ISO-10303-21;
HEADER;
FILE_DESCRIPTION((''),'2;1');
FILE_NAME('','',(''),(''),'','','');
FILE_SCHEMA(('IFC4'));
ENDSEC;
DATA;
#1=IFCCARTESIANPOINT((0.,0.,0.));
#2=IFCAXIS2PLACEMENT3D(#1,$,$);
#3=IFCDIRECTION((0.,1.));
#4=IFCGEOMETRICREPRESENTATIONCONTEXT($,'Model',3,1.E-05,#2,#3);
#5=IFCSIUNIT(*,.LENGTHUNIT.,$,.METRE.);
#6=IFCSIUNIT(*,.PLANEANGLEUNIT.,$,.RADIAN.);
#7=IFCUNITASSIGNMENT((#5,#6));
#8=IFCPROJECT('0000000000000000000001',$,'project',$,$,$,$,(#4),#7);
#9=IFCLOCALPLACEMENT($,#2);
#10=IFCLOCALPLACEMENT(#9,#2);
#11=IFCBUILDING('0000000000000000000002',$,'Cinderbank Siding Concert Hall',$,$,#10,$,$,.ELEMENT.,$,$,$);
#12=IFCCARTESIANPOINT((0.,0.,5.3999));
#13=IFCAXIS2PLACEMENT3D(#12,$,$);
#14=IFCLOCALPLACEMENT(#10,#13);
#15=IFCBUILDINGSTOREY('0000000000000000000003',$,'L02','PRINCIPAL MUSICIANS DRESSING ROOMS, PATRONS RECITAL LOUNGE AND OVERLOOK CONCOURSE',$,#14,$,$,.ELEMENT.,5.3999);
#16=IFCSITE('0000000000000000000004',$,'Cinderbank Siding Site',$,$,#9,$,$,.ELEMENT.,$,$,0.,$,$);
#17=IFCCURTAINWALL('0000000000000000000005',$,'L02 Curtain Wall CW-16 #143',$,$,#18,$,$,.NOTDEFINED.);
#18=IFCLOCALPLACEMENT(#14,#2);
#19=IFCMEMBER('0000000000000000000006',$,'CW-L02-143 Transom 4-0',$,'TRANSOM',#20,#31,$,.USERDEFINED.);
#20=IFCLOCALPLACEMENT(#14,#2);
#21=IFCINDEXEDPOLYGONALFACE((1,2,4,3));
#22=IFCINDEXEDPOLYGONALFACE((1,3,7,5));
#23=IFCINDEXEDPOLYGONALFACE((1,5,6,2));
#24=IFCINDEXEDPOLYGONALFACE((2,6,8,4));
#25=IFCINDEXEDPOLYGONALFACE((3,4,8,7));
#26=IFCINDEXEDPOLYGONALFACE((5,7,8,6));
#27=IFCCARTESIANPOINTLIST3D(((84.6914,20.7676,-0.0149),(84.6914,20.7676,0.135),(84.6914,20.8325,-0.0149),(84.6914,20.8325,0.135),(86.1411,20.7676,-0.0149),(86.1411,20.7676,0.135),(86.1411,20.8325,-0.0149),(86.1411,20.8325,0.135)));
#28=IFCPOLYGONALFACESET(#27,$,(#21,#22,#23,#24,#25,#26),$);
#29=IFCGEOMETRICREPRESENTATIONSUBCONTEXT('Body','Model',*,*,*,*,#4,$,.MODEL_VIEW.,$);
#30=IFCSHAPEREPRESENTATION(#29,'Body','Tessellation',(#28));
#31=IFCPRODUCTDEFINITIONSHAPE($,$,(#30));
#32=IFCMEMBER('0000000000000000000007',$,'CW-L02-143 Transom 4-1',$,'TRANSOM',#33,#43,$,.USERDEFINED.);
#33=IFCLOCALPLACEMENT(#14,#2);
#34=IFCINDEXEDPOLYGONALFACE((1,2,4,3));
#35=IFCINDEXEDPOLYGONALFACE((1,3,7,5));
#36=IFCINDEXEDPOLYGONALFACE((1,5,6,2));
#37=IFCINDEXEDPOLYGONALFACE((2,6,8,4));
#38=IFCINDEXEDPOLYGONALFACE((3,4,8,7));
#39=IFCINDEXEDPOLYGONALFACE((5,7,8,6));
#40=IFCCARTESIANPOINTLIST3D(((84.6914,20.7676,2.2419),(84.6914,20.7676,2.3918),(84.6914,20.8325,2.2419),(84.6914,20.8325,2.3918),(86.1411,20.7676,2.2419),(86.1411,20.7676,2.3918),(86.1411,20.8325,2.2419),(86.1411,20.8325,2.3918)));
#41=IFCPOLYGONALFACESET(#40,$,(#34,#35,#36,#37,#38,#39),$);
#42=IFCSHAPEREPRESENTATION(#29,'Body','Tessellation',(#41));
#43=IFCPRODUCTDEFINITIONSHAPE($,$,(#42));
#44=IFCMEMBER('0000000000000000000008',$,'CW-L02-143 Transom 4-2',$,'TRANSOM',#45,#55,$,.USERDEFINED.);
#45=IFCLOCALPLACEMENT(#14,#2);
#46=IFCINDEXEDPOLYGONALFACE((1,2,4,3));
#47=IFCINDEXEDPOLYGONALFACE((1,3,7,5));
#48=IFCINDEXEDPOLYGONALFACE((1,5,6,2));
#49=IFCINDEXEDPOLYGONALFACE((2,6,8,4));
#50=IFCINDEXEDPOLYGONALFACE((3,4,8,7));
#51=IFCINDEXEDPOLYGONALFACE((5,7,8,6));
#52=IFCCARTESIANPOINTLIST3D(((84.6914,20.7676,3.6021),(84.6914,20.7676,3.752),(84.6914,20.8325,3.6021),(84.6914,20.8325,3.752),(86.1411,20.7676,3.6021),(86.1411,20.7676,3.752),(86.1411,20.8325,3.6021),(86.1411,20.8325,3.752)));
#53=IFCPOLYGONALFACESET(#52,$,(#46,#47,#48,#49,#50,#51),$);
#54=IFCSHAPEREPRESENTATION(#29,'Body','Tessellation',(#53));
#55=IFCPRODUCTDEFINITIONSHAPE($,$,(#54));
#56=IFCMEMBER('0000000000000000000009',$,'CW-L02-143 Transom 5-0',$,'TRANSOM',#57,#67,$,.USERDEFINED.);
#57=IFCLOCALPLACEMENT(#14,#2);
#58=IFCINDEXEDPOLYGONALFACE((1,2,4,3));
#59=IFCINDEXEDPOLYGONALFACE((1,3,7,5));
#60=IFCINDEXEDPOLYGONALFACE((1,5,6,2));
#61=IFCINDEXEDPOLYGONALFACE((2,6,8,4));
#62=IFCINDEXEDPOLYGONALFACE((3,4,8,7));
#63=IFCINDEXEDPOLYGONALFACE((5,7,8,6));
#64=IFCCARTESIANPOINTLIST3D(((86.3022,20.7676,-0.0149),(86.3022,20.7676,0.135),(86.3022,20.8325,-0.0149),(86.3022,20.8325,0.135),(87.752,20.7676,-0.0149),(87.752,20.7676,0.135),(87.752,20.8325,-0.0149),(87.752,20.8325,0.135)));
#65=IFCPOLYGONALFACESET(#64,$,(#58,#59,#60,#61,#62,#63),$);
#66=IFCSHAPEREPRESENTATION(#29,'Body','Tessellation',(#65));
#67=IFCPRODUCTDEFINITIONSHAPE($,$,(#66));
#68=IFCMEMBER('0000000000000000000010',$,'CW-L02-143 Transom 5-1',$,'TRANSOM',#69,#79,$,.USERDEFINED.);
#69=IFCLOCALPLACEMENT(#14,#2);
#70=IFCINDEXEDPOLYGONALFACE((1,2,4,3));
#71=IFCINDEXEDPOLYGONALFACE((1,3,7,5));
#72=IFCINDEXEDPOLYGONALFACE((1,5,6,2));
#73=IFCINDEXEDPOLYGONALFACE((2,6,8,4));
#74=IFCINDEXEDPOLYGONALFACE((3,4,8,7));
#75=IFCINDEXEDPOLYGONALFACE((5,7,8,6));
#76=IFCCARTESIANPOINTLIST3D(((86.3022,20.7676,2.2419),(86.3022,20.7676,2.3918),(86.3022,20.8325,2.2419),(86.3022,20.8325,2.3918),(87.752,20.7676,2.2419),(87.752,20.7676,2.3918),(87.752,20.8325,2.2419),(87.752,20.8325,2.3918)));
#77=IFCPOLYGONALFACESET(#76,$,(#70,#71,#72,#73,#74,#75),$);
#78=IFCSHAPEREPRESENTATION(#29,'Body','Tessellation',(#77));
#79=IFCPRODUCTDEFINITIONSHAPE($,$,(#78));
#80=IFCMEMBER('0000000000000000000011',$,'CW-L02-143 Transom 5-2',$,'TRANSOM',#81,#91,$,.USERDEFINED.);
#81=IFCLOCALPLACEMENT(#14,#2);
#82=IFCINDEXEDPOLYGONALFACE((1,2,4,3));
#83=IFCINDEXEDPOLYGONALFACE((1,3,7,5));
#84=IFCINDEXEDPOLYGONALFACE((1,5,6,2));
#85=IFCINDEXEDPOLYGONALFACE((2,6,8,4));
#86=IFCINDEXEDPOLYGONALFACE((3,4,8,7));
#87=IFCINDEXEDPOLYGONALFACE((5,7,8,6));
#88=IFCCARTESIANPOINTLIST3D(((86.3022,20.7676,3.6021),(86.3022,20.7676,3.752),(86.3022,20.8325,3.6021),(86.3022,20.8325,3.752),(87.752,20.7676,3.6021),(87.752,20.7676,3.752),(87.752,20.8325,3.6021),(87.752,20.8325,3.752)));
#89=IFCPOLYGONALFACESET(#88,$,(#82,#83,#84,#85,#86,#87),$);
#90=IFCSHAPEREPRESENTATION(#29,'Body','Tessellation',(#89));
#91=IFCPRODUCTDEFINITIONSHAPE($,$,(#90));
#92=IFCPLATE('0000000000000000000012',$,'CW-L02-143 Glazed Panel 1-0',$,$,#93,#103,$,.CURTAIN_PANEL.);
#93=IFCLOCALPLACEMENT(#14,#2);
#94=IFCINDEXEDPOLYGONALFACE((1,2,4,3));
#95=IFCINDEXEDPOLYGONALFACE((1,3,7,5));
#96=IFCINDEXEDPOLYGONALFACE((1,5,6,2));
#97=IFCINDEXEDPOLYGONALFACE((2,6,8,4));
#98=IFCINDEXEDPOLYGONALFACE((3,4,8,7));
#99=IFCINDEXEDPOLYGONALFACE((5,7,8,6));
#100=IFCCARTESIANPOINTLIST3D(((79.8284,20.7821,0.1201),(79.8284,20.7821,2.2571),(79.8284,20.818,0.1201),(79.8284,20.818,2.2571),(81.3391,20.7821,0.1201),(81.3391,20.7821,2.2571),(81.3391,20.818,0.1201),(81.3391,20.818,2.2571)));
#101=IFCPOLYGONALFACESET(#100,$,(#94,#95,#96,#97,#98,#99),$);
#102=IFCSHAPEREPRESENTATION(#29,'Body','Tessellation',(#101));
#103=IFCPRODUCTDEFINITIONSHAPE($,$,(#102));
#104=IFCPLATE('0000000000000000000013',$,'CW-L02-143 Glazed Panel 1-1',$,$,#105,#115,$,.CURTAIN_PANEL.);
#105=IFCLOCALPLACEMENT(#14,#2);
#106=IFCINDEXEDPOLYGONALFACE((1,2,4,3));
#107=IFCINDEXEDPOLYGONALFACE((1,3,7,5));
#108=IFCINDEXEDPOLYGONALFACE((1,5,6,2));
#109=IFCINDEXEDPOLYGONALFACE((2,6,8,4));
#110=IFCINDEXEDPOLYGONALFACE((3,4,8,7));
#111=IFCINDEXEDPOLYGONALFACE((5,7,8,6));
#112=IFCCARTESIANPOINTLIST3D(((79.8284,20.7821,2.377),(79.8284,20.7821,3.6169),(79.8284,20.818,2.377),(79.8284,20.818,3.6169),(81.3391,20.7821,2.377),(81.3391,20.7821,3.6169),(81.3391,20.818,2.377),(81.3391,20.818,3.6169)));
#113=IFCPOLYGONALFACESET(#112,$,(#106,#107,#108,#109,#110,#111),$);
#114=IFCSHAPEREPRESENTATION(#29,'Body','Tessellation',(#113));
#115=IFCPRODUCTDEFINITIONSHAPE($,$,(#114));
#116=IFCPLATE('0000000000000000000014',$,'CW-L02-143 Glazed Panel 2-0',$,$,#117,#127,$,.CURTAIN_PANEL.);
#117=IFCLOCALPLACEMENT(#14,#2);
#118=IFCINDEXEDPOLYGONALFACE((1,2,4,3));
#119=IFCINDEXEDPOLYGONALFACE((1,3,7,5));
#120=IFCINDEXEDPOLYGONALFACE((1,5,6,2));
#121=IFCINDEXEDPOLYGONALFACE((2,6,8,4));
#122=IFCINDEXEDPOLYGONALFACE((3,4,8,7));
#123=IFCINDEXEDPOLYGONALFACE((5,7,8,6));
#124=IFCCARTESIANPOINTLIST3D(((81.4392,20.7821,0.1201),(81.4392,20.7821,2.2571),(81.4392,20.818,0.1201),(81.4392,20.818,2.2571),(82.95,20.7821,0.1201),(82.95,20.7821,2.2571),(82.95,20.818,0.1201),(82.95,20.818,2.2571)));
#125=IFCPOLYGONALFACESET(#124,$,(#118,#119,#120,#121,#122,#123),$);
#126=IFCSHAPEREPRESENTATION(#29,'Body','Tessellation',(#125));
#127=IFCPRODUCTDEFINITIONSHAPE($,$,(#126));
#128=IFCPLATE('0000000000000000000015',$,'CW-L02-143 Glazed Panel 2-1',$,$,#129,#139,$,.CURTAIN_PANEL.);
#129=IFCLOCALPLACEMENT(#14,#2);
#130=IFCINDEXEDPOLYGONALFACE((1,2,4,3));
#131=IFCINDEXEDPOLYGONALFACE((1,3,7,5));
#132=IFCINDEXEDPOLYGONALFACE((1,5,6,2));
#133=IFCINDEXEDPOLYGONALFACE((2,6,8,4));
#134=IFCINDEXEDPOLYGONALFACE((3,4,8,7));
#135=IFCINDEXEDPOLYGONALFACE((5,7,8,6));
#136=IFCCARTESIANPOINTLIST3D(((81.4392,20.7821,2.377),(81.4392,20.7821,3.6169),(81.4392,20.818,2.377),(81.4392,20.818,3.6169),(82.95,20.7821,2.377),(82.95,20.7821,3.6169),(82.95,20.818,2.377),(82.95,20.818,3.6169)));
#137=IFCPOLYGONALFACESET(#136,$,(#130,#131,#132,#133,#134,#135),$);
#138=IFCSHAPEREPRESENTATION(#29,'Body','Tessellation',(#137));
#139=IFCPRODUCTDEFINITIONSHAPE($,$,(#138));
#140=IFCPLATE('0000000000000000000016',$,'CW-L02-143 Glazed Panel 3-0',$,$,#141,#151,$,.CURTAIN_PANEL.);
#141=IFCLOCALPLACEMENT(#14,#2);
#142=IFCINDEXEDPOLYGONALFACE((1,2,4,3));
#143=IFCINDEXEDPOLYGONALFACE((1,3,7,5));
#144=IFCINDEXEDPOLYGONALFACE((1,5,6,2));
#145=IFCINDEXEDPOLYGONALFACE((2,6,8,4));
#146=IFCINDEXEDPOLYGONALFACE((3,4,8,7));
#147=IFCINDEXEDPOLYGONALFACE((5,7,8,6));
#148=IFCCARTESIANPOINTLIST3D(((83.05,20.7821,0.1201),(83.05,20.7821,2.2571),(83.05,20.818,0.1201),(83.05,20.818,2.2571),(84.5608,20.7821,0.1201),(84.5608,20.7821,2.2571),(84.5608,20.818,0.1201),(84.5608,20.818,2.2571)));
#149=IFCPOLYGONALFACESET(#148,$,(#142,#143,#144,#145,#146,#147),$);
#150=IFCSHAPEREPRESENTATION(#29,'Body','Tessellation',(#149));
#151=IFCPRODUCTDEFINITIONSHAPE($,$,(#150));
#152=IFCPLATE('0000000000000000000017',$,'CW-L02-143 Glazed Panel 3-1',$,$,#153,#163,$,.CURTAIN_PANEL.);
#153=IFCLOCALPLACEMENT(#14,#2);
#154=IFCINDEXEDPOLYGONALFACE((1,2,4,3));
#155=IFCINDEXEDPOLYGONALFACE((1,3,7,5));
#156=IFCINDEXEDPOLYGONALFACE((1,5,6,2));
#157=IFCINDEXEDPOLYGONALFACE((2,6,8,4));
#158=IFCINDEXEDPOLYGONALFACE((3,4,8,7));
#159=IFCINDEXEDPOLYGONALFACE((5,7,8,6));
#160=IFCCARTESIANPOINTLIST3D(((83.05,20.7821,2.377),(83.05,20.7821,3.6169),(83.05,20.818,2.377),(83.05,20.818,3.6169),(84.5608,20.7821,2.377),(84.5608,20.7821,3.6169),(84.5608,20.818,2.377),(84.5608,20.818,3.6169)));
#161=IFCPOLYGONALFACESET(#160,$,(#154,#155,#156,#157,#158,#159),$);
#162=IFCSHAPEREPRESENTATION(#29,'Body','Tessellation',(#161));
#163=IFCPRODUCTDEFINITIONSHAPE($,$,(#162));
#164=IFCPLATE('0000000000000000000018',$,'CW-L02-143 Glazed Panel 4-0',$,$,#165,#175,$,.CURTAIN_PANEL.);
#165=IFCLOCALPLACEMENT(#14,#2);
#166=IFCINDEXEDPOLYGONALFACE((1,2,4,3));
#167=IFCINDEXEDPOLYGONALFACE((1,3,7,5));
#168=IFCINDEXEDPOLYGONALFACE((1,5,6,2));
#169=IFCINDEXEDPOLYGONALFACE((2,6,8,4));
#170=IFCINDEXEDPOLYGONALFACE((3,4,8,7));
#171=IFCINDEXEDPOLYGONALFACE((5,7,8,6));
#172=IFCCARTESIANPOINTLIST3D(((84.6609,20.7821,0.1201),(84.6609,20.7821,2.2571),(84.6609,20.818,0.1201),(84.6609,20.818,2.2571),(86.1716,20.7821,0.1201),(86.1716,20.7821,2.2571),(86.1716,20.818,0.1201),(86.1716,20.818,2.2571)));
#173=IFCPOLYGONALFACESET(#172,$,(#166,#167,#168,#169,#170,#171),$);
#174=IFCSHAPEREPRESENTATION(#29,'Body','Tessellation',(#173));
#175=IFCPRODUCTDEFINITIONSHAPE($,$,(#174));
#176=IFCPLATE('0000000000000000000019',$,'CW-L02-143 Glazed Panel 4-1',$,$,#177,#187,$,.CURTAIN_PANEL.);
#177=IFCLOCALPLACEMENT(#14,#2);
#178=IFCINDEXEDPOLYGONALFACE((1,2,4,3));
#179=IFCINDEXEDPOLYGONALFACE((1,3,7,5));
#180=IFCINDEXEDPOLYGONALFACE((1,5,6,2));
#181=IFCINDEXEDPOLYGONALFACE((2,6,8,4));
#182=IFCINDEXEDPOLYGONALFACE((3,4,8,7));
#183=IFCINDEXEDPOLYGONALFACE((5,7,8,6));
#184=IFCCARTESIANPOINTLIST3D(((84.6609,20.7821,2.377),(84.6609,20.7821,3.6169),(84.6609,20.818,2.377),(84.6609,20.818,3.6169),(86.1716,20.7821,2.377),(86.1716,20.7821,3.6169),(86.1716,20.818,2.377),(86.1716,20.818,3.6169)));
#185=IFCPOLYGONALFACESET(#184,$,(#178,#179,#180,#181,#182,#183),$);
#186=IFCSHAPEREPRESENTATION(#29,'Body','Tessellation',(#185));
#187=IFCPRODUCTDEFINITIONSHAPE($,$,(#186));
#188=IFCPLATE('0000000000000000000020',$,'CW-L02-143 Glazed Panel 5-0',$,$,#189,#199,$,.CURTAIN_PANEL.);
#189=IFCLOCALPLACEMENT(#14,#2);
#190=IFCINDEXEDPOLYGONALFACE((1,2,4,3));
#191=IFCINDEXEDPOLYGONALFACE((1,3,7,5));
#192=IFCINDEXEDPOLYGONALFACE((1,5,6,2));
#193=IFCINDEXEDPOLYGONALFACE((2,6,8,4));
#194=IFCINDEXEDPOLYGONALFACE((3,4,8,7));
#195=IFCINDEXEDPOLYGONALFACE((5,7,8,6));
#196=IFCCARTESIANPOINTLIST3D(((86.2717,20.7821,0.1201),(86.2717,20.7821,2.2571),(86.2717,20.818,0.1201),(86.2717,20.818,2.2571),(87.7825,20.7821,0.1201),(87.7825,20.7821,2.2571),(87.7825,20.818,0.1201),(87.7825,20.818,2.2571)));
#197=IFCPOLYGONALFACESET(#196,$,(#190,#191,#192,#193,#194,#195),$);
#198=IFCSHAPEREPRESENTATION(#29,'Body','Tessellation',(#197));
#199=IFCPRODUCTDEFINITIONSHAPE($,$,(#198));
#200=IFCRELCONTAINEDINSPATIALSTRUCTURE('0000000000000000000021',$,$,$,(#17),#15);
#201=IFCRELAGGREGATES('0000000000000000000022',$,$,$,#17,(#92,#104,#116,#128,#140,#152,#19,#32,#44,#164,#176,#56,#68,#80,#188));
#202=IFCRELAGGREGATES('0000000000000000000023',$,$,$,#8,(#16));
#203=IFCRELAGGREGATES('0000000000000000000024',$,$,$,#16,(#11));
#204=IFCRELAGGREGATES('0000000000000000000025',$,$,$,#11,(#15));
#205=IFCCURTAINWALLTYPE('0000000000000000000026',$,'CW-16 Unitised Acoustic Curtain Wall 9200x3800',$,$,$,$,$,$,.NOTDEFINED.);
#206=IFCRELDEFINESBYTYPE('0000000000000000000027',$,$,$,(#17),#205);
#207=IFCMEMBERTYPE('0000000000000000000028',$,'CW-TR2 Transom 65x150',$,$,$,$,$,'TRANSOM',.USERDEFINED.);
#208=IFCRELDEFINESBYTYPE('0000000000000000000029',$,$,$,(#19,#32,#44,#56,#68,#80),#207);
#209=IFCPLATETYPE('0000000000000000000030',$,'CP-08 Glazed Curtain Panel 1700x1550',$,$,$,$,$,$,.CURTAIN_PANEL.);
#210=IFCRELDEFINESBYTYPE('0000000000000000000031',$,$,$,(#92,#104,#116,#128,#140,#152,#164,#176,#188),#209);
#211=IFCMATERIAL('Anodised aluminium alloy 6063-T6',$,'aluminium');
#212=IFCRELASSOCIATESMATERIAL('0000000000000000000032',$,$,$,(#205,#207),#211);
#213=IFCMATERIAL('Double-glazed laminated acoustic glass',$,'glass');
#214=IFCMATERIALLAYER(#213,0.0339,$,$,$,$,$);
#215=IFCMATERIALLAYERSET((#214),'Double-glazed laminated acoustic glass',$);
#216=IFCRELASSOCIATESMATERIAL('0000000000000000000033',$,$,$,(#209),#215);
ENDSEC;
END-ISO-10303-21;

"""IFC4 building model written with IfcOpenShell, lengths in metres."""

from ifc_helpers import new_model, si_unit, direction, frame, origin, origin_2d, place, context, subcontext, project, spatial, rectangle, extrude, material, layer, layer_set, material_profile, profile_set, type_object, element, aggregate, save


model = new_model("IFC4")

# Units and contexts
model_context = context("Model", 3, precision=1e-05, world=origin(), true_north=direction((0.0, 1.0)))
body_context = subcontext(model_context, "Body", "Model", "MODEL_VIEW")
ifc_project = project(units=[si_unit("LENGTHUNIT", "METRE"), si_unit("PLANEANGLEUNIT", "RADIAN")], contexts=[model_context])

# Site, building, storey
site_placement = place(None, origin())
site = spatial("IfcSite", under=ifc_project, at=site_placement, Name="Cinderbank Siding Site", CompositionType="ELEMENT", RefElevation=0.0)
building_placement = place(site_placement, origin())
building = spatial("IfcBuilding", under=site, at=building_placement, Name="Cinderbank Siding Concert Hall", CompositionType="ELEMENT")
storey_placement = place(building_placement, frame((0.0, 0.0, 5.3999)))
storey = spatial("IfcBuildingStorey", under=building, at=storey_placement, Name="L02", Description="PRINCIPAL MUSICIANS DRESSING ROOMS, PATRONS RECITAL LOUNGE AND OVERLOOK CONCOURSE", CompositionType="ELEMENT", Elevation=5.3999)

# Curtain wall
ifc_material_1 = material(Name="Anodised aluminium alloy 6063-T6", Category="aluminium")
curtain_wall_type_1 = type_object("IfcCurtainWallType", Name="CW-16 Unitised Acoustic Curtain Wall 9200x3800", PredefinedType="NOTDEFINED", material=ifc_material_1)
curtain_wall_1_placement = place(storey_placement, origin())
curtain_wall_1 = element("IfcCurtainWall", 1, at=curtain_wall_1_placement, inside=storey, type_object=curtain_wall_type_1, Name="L02 Curtain Wall CW-16 #143", PredefinedType="NOTDEFINED")
ifc_material_profile_1 = material_profile(ifc_material_1, rectangle(XDim=0.0649, YDim=0.1499, at=origin_2d()), Name="ALU-TRAN-65x150", Category="LoadBearing")
ifc_profile_set_1 = profile_set([ifc_material_profile_1], Name="Anodised aluminium alloy 6063-T6")
member_type_1 = type_object("IfcMemberType", Name="CW-TR2 Transom 65x150", ElementType="TRANSOM", PredefinedType="USERDEFINED", material=ifc_profile_set_1)

# Members
member_1_placement = place(storey_placement, frame((84.6914, 20.8, 0.0601), z_axis=(1.0, 0.0, 0.0), x_axis=(0.0, 1.0, 0.0)))
member_1 = element("IfcMember", 2, at=member_1_placement, type_object=member_type_1, Name="CW-L02-143 Transom 4-0", ObjectType="TRANSOM", PredefinedType="USERDEFINED", context=body_context, shape_type="SweptSolid", body=[
    extrude(rectangle(XDim=0.0649, YDim=0.1499, at=origin_2d()), origin(), (0.0, 0.0, 1.0), 1.4497),
])
member_2_placement = place(storey_placement, frame((84.6914, 20.8, 2.3169), z_axis=(1.0, 0.0, 0.0), x_axis=(0.0, 1.0, 0.0)))
member_2 = element("IfcMember", 3, at=member_2_placement, type_object=member_type_1, Name="CW-L02-143 Transom 4-1", ObjectType="TRANSOM", PredefinedType="USERDEFINED", context=body_context, shape_type="SweptSolid", body=[
    extrude(rectangle(XDim=0.0649, YDim=0.1499, at=origin_2d()), origin(), (0.0, 0.0, 1.0), 1.4497),
])
member_3_placement = place(storey_placement, frame((84.6914, 20.8, 3.677), z_axis=(1.0, 0.0, 0.0), x_axis=(0.0, 1.0, 0.0)))
member_3 = element("IfcMember", 4, at=member_3_placement, type_object=member_type_1, Name="CW-L02-143 Transom 4-2", ObjectType="TRANSOM", PredefinedType="USERDEFINED", context=body_context, shape_type="SweptSolid", body=[
    extrude(rectangle(XDim=0.0649, YDim=0.1499, at=origin_2d()), origin(), (0.0, 0.0, 1.0), 1.4497),
])
member_4_placement = place(storey_placement, frame((86.3022, 20.8, 0.0601), z_axis=(1.0, 0.0, 0.0), x_axis=(0.0, 1.0, 0.0)))
member_4 = element("IfcMember", 5, at=member_4_placement, type_object=member_type_1, Name="CW-L02-143 Transom 5-0", ObjectType="TRANSOM", PredefinedType="USERDEFINED", context=body_context, shape_type="SweptSolid", body=[
    extrude(rectangle(XDim=0.0649, YDim=0.1499, at=origin_2d()), origin(), (0.0, 0.0, 1.0), 1.4497),
])
member_5_placement = place(storey_placement, frame((86.3022, 20.8, 2.3169), z_axis=(1.0, 0.0, 0.0), x_axis=(0.0, 1.0, 0.0)))
member_5 = element("IfcMember", 6, at=member_5_placement, type_object=member_type_1, Name="CW-L02-143 Transom 5-1", ObjectType="TRANSOM", PredefinedType="USERDEFINED", context=body_context, shape_type="SweptSolid", body=[
    extrude(rectangle(XDim=0.0649, YDim=0.1499, at=origin_2d()), origin(), (0.0, 0.0, 1.0), 1.4497),
])
member_6_placement = place(storey_placement, frame((86.3022, 20.8, 3.677), z_axis=(1.0, 0.0, 0.0), x_axis=(0.0, 1.0, 0.0)))
member_6 = element("IfcMember", 7, at=member_6_placement, type_object=member_type_1, Name="CW-L02-143 Transom 5-2", ObjectType="TRANSOM", PredefinedType="USERDEFINED", context=body_context, shape_type="SweptSolid", body=[
    extrude(rectangle(XDim=0.0649, YDim=0.1499, at=origin_2d()), origin(), (0.0, 0.0, 1.0), 1.4497),
])

# Plates
ifc_material_2 = material(Name="Double-glazed laminated acoustic glass", Category="glass")
ifc_layer_1 = layer(ifc_material_2, 0.0339)
ifc_layer_set_1 = layer_set([ifc_layer_1], Name="Double-glazed laminated acoustic glass")
plate_type = type_object("IfcPlateType", Name="CP-08 Glazed Curtain Panel 1700x1550", PredefinedType="CURTAIN_PANEL", material=ifc_layer_set_1)
plate_1_placement = place(storey_placement, frame((80.5837, 20.8, 0.1201), z_axis=(0.0, 0.0, 1.0), x_axis=(1.0, 0.0, 0.0)))
plate_1 = element("IfcPlate", 8, at=plate_1_placement, type_object=plate_type, Name="CW-L02-143 Glazed Panel 1-0", PredefinedType="CURTAIN_PANEL", context=body_context, shape_type="SweptSolid", body=[
    extrude(rectangle(XDim=1.5107, YDim=0.0359, at=origin_2d()), origin(), (0.0, 0.0, 1.0), 2.137),
])
plate_2_placement = place(storey_placement, frame((80.5837, 20.8, 2.377), z_axis=(0.0, 0.0, 1.0), x_axis=(1.0, 0.0, 0.0)))
plate_2 = element("IfcPlate", 9, at=plate_2_placement, type_object=plate_type, Name="CW-L02-143 Glazed Panel 1-1", PredefinedType="CURTAIN_PANEL", context=body_context, shape_type="SweptSolid", body=[
    extrude(rectangle(XDim=1.5107, YDim=0.0359, at=origin_2d()), origin(), (0.0, 0.0, 1.0), 1.24),
])
plate_3_placement = place(storey_placement, frame((82.1946, 20.8, 0.1201), z_axis=(0.0, 0.0, 1.0), x_axis=(1.0, 0.0, 0.0)))
plate_3 = element("IfcPlate", 10, at=plate_3_placement, type_object=plate_type, Name="CW-L02-143 Glazed Panel 2-0", PredefinedType="CURTAIN_PANEL", context=body_context, shape_type="SweptSolid", body=[
    extrude(rectangle(XDim=1.5107, YDim=0.0359, at=origin_2d()), origin(), (0.0, 0.0, 1.0), 2.137),
])
plate_4_placement = place(storey_placement, frame((82.1946, 20.8, 2.377), z_axis=(0.0, 0.0, 1.0), x_axis=(1.0, 0.0, 0.0)))
plate_4 = element("IfcPlate", 11, at=plate_4_placement, type_object=plate_type, Name="CW-L02-143 Glazed Panel 2-1", PredefinedType="CURTAIN_PANEL", context=body_context, shape_type="SweptSolid", body=[
    extrude(rectangle(XDim=1.5107, YDim=0.0359, at=origin_2d()), origin(), (0.0, 0.0, 1.0), 1.24),
])
plate_5_placement = place(storey_placement, frame((83.8054, 20.8, 0.1201), z_axis=(0.0, 0.0, 1.0), x_axis=(1.0, 0.0, 0.0)))
plate_5 = element("IfcPlate", 12, at=plate_5_placement, type_object=plate_type, Name="CW-L02-143 Glazed Panel 3-0", PredefinedType="CURTAIN_PANEL", context=body_context, shape_type="SweptSolid", body=[
    extrude(rectangle(XDim=1.5107, YDim=0.0359, at=origin_2d()), origin(), (0.0, 0.0, 1.0), 2.137),
])
plate_6_placement = place(storey_placement, frame((83.8054, 20.8, 2.377), z_axis=(0.0, 0.0, 1.0), x_axis=(1.0, 0.0, 0.0)))
plate_6 = element("IfcPlate", 13, at=plate_6_placement, type_object=plate_type, Name="CW-L02-143 Glazed Panel 3-1", PredefinedType="CURTAIN_PANEL", context=body_context, shape_type="SweptSolid", body=[
    extrude(rectangle(XDim=1.5107, YDim=0.0359, at=origin_2d()), origin(), (0.0, 0.0, 1.0), 1.24),
])
plate_7_placement = place(storey_placement, frame((85.4163, 20.8, 0.1201), z_axis=(0.0, 0.0, 1.0), x_axis=(1.0, 0.0, 0.0)))
plate_7 = element("IfcPlate", 14, at=plate_7_placement, type_object=plate_type, Name="CW-L02-143 Glazed Panel 4-0", PredefinedType="CURTAIN_PANEL", context=body_context, shape_type="SweptSolid", body=[
    extrude(rectangle(XDim=1.5107, YDim=0.0359, at=origin_2d()), origin(), (0.0, 0.0, 1.0), 2.137),
])
plate_8_placement = place(storey_placement, frame((85.4163, 20.8, 2.377), z_axis=(0.0, 0.0, 1.0), x_axis=(1.0, 0.0, 0.0)))
plate_8 = element("IfcPlate", 15, at=plate_8_placement, type_object=plate_type, Name="CW-L02-143 Glazed Panel 4-1", PredefinedType="CURTAIN_PANEL", context=body_context, shape_type="SweptSolid", body=[
    extrude(rectangle(XDim=1.5107, YDim=0.0359, at=origin_2d()), origin(), (0.0, 0.0, 1.0), 1.24),
])
plate_9_placement = place(storey_placement, frame((87.0271, 20.8, 0.1201), z_axis=(0.0, 0.0, 1.0), x_axis=(1.0, 0.0, 0.0)))
plate_9 = element("IfcPlate", 16, at=plate_9_placement, type_object=plate_type, Name="CW-L02-143 Glazed Panel 5-0", PredefinedType="CURTAIN_PANEL", context=body_context, shape_type="SweptSolid", body=[
    extrude(rectangle(XDim=1.5107, YDim=0.0359, at=origin_2d()), origin(), (0.0, 0.0, 1.0), 2.137),
])
aggregate(curtain_wall_1, [plate_1, plate_2, plate_3, plate_4, plate_5, plate_6, member_1, member_2, member_3, plate_7, plate_8, member_4, member_5, member_6, plate_9])

save(model, "model.ifc")
